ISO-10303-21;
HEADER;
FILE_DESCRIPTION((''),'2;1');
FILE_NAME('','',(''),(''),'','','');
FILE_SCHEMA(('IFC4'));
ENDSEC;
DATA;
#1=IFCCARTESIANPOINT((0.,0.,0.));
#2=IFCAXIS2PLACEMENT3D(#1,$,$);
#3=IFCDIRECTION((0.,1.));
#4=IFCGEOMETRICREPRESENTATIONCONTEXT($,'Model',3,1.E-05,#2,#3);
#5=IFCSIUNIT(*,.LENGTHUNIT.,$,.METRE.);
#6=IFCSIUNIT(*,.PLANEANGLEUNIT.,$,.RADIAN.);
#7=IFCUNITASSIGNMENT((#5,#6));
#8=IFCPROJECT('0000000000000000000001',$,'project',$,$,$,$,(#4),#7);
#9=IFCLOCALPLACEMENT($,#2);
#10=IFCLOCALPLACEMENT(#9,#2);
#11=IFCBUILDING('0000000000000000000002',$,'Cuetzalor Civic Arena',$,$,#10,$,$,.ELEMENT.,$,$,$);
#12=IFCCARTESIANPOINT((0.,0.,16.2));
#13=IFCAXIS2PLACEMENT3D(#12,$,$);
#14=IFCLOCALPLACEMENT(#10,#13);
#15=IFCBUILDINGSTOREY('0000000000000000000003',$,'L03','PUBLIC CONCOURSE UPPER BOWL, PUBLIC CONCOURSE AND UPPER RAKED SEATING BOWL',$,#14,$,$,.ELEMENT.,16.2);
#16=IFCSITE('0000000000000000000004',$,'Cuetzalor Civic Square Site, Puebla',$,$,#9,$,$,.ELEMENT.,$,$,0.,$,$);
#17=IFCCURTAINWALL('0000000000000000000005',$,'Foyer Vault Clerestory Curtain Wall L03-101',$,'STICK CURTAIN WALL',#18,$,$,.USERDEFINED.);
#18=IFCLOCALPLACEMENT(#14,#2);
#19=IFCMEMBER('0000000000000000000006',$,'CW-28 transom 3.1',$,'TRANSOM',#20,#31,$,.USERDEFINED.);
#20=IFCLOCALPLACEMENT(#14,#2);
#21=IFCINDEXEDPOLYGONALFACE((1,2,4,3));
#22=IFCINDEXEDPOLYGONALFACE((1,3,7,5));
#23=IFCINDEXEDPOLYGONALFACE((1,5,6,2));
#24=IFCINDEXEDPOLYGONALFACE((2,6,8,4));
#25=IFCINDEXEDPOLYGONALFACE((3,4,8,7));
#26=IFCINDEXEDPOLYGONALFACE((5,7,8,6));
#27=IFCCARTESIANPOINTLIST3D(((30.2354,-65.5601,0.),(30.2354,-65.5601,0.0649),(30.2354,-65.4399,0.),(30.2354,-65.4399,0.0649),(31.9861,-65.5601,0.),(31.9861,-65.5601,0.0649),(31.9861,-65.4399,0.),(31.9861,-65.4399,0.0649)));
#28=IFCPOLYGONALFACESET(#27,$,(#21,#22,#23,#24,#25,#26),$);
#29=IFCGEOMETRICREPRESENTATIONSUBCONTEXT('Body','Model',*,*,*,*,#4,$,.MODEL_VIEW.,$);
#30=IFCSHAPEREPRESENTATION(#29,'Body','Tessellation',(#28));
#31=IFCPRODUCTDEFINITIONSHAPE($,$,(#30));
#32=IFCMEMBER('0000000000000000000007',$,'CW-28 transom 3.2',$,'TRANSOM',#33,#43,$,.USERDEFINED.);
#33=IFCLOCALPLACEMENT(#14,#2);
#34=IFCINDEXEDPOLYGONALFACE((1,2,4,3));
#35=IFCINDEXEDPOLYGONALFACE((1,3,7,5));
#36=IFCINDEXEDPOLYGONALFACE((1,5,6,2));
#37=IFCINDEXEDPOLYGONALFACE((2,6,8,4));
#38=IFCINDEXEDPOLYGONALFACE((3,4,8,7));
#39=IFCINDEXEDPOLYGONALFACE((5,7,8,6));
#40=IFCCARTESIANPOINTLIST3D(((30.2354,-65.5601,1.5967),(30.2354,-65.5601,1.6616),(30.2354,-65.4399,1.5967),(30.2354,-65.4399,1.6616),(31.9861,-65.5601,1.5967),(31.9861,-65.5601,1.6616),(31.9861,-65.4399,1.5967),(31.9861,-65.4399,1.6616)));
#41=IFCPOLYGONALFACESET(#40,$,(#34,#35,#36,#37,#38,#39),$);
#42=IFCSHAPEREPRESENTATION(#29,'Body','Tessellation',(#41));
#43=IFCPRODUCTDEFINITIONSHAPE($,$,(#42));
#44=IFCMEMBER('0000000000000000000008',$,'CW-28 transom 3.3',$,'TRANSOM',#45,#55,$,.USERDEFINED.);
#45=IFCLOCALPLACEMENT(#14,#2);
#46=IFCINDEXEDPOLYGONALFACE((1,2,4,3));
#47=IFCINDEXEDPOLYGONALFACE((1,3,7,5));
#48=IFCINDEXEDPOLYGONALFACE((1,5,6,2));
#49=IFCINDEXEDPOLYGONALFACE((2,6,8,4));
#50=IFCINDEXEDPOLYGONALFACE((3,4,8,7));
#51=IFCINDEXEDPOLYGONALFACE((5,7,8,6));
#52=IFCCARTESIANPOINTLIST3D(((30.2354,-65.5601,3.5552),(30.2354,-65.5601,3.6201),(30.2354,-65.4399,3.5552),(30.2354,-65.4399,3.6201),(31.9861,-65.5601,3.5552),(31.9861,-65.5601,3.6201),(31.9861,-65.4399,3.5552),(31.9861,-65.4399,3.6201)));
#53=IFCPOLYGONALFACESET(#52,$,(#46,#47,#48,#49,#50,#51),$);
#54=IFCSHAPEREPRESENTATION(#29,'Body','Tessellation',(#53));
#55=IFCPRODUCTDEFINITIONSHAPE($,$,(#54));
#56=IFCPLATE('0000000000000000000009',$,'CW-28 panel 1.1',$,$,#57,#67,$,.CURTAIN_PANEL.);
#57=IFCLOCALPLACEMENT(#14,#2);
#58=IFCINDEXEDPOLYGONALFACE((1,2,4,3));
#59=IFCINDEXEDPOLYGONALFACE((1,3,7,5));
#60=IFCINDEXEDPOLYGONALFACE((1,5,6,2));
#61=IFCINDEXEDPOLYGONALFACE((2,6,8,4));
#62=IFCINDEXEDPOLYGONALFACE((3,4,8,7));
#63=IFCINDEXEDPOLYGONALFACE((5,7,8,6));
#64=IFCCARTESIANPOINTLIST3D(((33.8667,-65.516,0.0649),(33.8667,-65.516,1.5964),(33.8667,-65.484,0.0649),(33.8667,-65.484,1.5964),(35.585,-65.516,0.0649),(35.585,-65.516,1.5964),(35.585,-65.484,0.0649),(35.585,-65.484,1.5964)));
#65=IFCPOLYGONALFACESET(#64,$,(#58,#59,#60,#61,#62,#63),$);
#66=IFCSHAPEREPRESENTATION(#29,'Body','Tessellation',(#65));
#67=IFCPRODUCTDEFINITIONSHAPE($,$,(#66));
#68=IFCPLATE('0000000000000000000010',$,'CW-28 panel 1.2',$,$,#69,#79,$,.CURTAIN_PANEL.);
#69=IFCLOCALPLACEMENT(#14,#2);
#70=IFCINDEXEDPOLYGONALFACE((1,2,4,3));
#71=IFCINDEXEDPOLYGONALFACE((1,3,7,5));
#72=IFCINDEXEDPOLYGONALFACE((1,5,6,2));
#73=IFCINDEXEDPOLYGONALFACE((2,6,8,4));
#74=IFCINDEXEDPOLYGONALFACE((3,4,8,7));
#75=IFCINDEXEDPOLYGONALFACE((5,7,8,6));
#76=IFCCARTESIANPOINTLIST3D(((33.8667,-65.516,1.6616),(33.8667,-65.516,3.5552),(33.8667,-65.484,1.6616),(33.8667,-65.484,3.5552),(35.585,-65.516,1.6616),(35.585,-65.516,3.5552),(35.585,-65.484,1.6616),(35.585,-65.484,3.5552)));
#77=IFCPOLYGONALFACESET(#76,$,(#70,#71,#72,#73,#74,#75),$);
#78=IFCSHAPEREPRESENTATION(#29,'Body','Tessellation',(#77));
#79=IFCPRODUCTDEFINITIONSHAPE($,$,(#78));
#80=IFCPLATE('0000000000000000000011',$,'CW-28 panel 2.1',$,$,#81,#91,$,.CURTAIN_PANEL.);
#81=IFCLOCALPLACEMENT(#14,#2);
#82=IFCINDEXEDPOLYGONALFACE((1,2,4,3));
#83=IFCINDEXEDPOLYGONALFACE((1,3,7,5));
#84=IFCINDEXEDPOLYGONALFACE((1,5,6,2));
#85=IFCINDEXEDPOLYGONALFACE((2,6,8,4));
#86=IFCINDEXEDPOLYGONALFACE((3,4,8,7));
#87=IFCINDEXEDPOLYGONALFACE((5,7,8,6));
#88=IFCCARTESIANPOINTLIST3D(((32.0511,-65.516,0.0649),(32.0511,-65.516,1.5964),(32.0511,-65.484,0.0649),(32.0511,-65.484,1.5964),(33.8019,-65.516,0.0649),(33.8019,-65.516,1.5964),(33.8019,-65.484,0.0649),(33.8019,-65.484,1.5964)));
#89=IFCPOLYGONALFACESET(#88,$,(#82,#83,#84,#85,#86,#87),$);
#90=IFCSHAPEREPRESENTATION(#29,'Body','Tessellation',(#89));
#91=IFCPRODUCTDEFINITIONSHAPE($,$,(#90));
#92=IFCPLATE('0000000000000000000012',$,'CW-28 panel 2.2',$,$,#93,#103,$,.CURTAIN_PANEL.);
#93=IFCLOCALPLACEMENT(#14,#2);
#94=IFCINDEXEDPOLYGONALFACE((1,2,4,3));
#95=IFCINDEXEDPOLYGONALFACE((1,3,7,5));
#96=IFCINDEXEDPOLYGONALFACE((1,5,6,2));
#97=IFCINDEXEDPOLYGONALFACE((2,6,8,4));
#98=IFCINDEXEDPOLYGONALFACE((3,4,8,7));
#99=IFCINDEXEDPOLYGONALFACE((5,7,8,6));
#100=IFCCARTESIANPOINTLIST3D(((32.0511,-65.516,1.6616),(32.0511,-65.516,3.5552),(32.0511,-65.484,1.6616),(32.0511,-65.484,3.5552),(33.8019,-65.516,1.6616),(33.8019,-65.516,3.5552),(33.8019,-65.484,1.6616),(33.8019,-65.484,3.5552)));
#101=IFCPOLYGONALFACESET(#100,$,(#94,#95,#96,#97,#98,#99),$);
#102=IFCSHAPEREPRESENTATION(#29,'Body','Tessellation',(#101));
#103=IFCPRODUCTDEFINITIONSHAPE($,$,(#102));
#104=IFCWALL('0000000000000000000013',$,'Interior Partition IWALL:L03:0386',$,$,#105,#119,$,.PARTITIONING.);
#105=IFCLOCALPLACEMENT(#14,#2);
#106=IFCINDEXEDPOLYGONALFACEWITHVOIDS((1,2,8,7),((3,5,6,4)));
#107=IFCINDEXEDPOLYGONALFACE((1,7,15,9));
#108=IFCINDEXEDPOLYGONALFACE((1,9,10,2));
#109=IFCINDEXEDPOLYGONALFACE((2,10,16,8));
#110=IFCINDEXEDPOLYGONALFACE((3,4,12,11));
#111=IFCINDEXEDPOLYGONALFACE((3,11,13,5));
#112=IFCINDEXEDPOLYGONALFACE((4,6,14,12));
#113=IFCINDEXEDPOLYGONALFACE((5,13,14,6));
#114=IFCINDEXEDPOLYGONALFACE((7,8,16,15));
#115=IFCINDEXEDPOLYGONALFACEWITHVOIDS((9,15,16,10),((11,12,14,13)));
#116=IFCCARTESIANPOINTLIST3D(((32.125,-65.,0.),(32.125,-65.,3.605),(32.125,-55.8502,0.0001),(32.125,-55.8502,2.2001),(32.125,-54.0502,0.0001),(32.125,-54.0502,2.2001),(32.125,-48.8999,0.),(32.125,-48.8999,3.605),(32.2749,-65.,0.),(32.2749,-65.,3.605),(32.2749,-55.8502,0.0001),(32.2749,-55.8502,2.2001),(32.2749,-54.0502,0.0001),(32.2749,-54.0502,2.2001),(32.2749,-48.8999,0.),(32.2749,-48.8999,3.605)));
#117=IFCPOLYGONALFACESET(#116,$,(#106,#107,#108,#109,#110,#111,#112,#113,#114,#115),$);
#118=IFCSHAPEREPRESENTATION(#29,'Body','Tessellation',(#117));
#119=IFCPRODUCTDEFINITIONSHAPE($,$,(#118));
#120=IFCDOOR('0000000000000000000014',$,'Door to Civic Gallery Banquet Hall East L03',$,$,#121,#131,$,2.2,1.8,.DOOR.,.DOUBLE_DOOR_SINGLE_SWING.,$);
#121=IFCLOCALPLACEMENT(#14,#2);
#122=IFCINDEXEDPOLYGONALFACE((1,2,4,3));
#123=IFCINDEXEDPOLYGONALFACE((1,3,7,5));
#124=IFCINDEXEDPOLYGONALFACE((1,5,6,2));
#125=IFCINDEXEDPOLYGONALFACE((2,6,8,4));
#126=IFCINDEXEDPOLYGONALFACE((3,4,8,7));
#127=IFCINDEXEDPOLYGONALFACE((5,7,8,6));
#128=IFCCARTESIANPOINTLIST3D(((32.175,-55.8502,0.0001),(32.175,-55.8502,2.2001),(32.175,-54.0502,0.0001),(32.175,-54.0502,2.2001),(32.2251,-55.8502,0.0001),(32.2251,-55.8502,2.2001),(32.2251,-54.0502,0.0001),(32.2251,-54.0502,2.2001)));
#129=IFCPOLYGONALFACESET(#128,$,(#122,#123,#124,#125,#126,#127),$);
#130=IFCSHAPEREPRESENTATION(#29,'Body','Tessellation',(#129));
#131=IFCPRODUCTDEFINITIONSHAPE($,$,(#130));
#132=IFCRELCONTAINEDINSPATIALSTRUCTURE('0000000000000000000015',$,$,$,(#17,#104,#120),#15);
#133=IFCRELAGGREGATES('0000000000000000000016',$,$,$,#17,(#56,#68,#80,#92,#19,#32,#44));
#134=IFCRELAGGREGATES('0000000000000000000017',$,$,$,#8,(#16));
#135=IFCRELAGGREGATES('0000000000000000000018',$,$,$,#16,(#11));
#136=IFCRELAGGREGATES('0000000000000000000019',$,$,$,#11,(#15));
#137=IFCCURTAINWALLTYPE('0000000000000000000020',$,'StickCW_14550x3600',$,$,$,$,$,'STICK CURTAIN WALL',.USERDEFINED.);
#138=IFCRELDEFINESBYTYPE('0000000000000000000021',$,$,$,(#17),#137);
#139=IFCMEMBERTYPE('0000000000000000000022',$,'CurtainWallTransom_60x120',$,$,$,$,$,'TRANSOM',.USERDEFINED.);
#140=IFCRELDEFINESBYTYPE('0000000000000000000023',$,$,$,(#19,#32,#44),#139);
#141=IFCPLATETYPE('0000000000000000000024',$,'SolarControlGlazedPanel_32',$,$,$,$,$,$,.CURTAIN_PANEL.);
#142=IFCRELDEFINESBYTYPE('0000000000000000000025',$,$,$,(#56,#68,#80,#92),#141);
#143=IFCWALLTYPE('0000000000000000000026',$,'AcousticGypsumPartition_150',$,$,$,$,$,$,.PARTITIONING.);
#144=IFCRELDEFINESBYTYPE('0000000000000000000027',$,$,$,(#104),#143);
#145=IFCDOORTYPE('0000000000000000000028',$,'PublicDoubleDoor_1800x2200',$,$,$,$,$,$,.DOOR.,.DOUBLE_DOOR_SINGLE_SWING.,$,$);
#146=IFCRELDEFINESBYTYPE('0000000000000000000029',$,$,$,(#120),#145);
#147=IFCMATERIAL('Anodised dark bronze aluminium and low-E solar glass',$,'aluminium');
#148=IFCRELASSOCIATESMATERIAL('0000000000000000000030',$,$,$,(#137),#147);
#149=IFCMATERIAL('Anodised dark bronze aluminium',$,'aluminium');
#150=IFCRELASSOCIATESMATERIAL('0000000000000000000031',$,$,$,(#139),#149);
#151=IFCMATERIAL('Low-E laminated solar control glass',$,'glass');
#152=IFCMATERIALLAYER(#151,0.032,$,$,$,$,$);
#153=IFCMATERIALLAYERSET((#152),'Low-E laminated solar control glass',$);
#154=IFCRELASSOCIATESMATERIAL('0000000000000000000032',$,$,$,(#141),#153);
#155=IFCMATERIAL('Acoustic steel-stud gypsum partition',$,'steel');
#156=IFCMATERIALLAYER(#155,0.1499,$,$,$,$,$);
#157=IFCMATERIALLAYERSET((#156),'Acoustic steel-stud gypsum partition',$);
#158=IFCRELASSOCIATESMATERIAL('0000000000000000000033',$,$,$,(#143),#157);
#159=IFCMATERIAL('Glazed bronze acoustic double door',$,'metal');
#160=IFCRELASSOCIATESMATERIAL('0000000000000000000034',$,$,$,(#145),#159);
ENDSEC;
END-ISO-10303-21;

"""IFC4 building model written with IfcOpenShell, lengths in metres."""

from ifc_helpers import new_model, si_unit, direction, frame, frame_2d, origin, origin_2d, place, context, subcontext, project, spatial, rectangle, extrude, material, layer, layer_set, material_profile, profile_set, type_object, element, fill, aggregate, save


model = new_model("IFC4")

# Units and contexts
model_context = context("Model", 3, precision=1e-05, world=origin(), true_north=direction((0.0, 1.0)))
body_context = subcontext(model_context, "Body", "Model", "MODEL_VIEW")
ifc_project = project(units=[si_unit("LENGTHUNIT", "METRE"), si_unit("PLANEANGLEUNIT", "RADIAN")], contexts=[model_context])

# Site, building, storey
site_placement = place(None, origin())
site = spatial("IfcSite", under=ifc_project, at=site_placement, Name="Cuetzalor Civic Square Site, Puebla", CompositionType="ELEMENT", RefElevation=0.0)
building_placement = place(site_placement, origin())
building = spatial("IfcBuilding", under=site, at=building_placement, Name="Cuetzalor Civic Arena", CompositionType="ELEMENT")
storey_placement = place(building_placement, frame((0.0, 0.0, 16.2)))
storey = spatial("IfcBuildingStorey", under=building, at=storey_placement, Name="L03", Description="PUBLIC CONCOURSE UPPER BOWL, PUBLIC CONCOURSE AND UPPER RAKED SEATING BOWL", CompositionType="ELEMENT", Elevation=16.2)

# Curtain wall, members, plates
ifc_material_1 = material(Name="Anodised dark bronze aluminium and low-E solar glass", Category="aluminium")
curtain_wall_type = type_object("IfcCurtainWallType", Name="StickCW_14550x3600", ElementType="STICK CURTAIN WALL", PredefinedType="USERDEFINED", material=ifc_material_1)
curtain_wall_placement = place(storey_placement, origin())
curtain_wall = element("IfcCurtainWall", 1, at=curtain_wall_placement, inside=storey, type_object=curtain_wall_type, Name="Foyer Vault Clerestory Curtain Wall L03-101", ObjectType="STICK CURTAIN WALL", PredefinedType="USERDEFINED")
ifc_material_2 = material(Name="Anodised dark bronze aluminium", Category="aluminium")
ifc_material_profile_1 = material_profile(ifc_material_2, rectangle(XDim=0.1201, YDim=0.0649, at=origin_2d()), Name="ALU TRANSOM 65x120")
ifc_profile_set_1 = profile_set([ifc_material_profile_1], Name="Anodised dark bronze aluminium")
member_type_1 = type_object("IfcMemberType", Name="CurtainWallTransom_60x120", ElementType="TRANSOM", PredefinedType="USERDEFINED", material=ifc_profile_set_1)
member_1_placement = place(storey_placement, frame((31.9861, -65.5, 0.0325), z_axis=(-1.0, 0.0, 0.0), x_axis=(0.0, -1.0, 0.0)))
member_1 = element("IfcMember", 2, at=member_1_placement, type_object=member_type_1, Name="CW-28 transom 3.1", ObjectType="TRANSOM", PredefinedType="USERDEFINED", context=body_context, shape_type="SweptSolid", body=[
    extrude(rectangle(XDim=0.1201, YDim=0.0649, at=origin_2d()), origin(), (0.0, 0.0, 1.0), 1.7507),
])
member_2_placement = place(storey_placement, frame((31.9861, -65.5, 1.6292), z_axis=(-1.0, 0.0, 0.0), x_axis=(0.0, -1.0, 0.0)))
member_2 = element("IfcMember", 3, at=member_2_placement, type_object=member_type_1, Name="CW-28 transom 3.2", ObjectType="TRANSOM", PredefinedType="USERDEFINED", context=body_context, shape_type="SweptSolid", body=[
    extrude(rectangle(XDim=0.1201, YDim=0.0649, at=origin_2d()), origin(), (0.0, 0.0, 1.0), 1.7507),
])
member_3_placement = place(storey_placement, frame((31.9861, -65.5, 3.5876), z_axis=(-1.0, 0.0, 0.0), x_axis=(0.0, -1.0, 0.0)))
member_3 = element("IfcMember", 4, at=member_3_placement, type_object=member_type_1, Name="CW-28 transom 3.3", ObjectType="TRANSOM", PredefinedType="USERDEFINED", context=body_context, shape_type="SweptSolid", body=[
    extrude(rectangle(XDim=0.1201, YDim=0.0649, at=origin_2d()), origin(), (0.0, 0.0, 1.0), 1.7507),
])
ifc_material_3 = material(Name="Low-E laminated solar control glass", Category="glass")
ifc_layer_1 = layer(ifc_material_3, 0.032)
ifc_layer_set_1 = layer_set([ifc_layer_1], Name="Low-E laminated solar control glass")
plate_type = type_object("IfcPlateType", Name="SolarControlGlazedPanel_32", PredefinedType="CURTAIN_PANEL", material=ifc_layer_set_1)
plate_1_placement = place(storey_placement, frame((34.7258, -65.5, 0.0649), z_axis=(0.0, 0.0, 1.0), x_axis=(-1.0, 0.0, 0.0)))
plate_1 = element("IfcPlate", 5, at=plate_1_placement, type_object=plate_type, Name="CW-28 panel 1.1", PredefinedType="CURTAIN_PANEL", context=body_context, shape_type="SweptSolid", body=[
    extrude(rectangle(XDim=1.7183, YDim=0.032, at=origin_2d()), origin(), (0.0, 0.0, 1.0), 1.5315),
])
plate_2_placement = place(storey_placement, frame((34.7258, -65.5, 1.6616), z_axis=(0.0, 0.0, 1.0), x_axis=(-1.0, 0.0, 0.0)))
plate_2 = element("IfcPlate", 6, at=plate_2_placement, type_object=plate_type, Name="CW-28 panel 1.2", PredefinedType="CURTAIN_PANEL", context=body_context, shape_type="SweptSolid", body=[
    extrude(rectangle(XDim=1.7183, YDim=0.032, at=origin_2d()), origin(), (0.0, 0.0, 1.0), 1.8936),
])
plate_3_placement = place(storey_placement, frame((32.9265, -65.5, 0.0649), z_axis=(0.0, 0.0, 1.0), x_axis=(-1.0, 0.0, 0.0)))
plate_3 = element("IfcPlate", 7, at=plate_3_placement, type_object=plate_type, Name="CW-28 panel 2.1", PredefinedType="CURTAIN_PANEL", context=body_context, shape_type="SweptSolid", body=[
    extrude(rectangle(XDim=1.7507, YDim=0.032, at=origin_2d()), origin(), (0.0, 0.0, 1.0), 1.5315),
])
plate_4_placement = place(storey_placement, frame((32.9265, -65.5, 1.6616), z_axis=(0.0, 0.0, 1.0), x_axis=(-1.0, 0.0, 0.0)))
plate_4 = element("IfcPlate", 8, at=plate_4_placement, type_object=plate_type, Name="CW-28 panel 2.2", PredefinedType="CURTAIN_PANEL", context=body_context, shape_type="SweptSolid", body=[
    extrude(rectangle(XDim=1.7507, YDim=0.032, at=origin_2d()), origin(), (0.0, 0.0, 1.0), 1.8936),
])
aggregate(curtain_wall, [plate_1, plate_2, plate_3, plate_4, member_1, member_2, member_3])

# Wall, opening, door
ifc_material_4 = material(Name="Acoustic steel-stud gypsum partition", Category="steel")
ifc_layer_2 = layer(ifc_material_4, 0.1499)
ifc_layer_set_2 = layer_set([ifc_layer_2], Name="Acoustic steel-stud gypsum partition")
wall_type = type_object("IfcWallType", Name="AcousticGypsumPartition_150", PredefinedType="PARTITIONING", material=ifc_layer_set_2)
wall_placement = place(storey_placement, frame((32.2, -65.0, 0.0), z_axis=(0.0, 0.0, 1.0), x_axis=(0.0, 1.0, 0.0)))
wall = element("IfcWall", 9, at=wall_placement, inside=storey, type_object=wall_type, Name="Interior Partition IWALL:L03:0386", PredefinedType="PARTITIONING", context=body_context, shape_type="SweptSolid", body=[
    extrude(rectangle(XDim=16.1001, YDim=0.1499, at=frame_2d((8.05, 0.0))), origin(), (0.0, 0.0, 1.0), 3.605),
])
opening_placement = place(wall_placement, frame((9.1499, 0.0, 0.0)))
opening = element("IfcOpeningElement", 10, at=opening_placement, cuts=wall, PredefinedType="OPENING", context=body_context, shape_type="SweptSolid", body=[
    extrude(rectangle(XDim=1.8, YDim=2.2, at=frame_2d((0.8999, 1.1001))), frame((0.0, 0.085, 0.0), z_axis=(0.0, -1.0, 0.0), x_axis=(1.0, 0.0, 0.0)), (0.0, 0.0, 1.0), 0.1699),
])
ifc_material_5 = material(Name="Glazed bronze acoustic double door", Category="metal")
door_type = type_object("IfcDoorType", Name="PublicDoubleDoor_1800x2200", OperationType="DOUBLE_DOOR_SINGLE_SWING", PredefinedType="DOOR", material=ifc_material_5)
door_placement = place(opening_placement, origin())
door = element("IfcDoor", 11, at=door_placement, inside=storey, type_object=door_type, Name="Door to Civic Gallery Banquet Hall East L03", OperationType="DOUBLE_DOOR_SINGLE_SWING", OverallHeight=2.2, OverallWidth=1.8, PredefinedType="DOOR", context=body_context, shape_type="SweptSolid", body=[
    extrude(rectangle(XDim=1.8, YDim=2.2, at=frame_2d((0.8999, 1.1001))), frame((0.0, 0.0249, 0.0), z_axis=(0.0, -1.0, 0.0), x_axis=(1.0, 0.0, 0.0)), (0.0, 0.0, 1.0), 0.05),
])
fill(opening, door)

save(model, "model.ifc")
